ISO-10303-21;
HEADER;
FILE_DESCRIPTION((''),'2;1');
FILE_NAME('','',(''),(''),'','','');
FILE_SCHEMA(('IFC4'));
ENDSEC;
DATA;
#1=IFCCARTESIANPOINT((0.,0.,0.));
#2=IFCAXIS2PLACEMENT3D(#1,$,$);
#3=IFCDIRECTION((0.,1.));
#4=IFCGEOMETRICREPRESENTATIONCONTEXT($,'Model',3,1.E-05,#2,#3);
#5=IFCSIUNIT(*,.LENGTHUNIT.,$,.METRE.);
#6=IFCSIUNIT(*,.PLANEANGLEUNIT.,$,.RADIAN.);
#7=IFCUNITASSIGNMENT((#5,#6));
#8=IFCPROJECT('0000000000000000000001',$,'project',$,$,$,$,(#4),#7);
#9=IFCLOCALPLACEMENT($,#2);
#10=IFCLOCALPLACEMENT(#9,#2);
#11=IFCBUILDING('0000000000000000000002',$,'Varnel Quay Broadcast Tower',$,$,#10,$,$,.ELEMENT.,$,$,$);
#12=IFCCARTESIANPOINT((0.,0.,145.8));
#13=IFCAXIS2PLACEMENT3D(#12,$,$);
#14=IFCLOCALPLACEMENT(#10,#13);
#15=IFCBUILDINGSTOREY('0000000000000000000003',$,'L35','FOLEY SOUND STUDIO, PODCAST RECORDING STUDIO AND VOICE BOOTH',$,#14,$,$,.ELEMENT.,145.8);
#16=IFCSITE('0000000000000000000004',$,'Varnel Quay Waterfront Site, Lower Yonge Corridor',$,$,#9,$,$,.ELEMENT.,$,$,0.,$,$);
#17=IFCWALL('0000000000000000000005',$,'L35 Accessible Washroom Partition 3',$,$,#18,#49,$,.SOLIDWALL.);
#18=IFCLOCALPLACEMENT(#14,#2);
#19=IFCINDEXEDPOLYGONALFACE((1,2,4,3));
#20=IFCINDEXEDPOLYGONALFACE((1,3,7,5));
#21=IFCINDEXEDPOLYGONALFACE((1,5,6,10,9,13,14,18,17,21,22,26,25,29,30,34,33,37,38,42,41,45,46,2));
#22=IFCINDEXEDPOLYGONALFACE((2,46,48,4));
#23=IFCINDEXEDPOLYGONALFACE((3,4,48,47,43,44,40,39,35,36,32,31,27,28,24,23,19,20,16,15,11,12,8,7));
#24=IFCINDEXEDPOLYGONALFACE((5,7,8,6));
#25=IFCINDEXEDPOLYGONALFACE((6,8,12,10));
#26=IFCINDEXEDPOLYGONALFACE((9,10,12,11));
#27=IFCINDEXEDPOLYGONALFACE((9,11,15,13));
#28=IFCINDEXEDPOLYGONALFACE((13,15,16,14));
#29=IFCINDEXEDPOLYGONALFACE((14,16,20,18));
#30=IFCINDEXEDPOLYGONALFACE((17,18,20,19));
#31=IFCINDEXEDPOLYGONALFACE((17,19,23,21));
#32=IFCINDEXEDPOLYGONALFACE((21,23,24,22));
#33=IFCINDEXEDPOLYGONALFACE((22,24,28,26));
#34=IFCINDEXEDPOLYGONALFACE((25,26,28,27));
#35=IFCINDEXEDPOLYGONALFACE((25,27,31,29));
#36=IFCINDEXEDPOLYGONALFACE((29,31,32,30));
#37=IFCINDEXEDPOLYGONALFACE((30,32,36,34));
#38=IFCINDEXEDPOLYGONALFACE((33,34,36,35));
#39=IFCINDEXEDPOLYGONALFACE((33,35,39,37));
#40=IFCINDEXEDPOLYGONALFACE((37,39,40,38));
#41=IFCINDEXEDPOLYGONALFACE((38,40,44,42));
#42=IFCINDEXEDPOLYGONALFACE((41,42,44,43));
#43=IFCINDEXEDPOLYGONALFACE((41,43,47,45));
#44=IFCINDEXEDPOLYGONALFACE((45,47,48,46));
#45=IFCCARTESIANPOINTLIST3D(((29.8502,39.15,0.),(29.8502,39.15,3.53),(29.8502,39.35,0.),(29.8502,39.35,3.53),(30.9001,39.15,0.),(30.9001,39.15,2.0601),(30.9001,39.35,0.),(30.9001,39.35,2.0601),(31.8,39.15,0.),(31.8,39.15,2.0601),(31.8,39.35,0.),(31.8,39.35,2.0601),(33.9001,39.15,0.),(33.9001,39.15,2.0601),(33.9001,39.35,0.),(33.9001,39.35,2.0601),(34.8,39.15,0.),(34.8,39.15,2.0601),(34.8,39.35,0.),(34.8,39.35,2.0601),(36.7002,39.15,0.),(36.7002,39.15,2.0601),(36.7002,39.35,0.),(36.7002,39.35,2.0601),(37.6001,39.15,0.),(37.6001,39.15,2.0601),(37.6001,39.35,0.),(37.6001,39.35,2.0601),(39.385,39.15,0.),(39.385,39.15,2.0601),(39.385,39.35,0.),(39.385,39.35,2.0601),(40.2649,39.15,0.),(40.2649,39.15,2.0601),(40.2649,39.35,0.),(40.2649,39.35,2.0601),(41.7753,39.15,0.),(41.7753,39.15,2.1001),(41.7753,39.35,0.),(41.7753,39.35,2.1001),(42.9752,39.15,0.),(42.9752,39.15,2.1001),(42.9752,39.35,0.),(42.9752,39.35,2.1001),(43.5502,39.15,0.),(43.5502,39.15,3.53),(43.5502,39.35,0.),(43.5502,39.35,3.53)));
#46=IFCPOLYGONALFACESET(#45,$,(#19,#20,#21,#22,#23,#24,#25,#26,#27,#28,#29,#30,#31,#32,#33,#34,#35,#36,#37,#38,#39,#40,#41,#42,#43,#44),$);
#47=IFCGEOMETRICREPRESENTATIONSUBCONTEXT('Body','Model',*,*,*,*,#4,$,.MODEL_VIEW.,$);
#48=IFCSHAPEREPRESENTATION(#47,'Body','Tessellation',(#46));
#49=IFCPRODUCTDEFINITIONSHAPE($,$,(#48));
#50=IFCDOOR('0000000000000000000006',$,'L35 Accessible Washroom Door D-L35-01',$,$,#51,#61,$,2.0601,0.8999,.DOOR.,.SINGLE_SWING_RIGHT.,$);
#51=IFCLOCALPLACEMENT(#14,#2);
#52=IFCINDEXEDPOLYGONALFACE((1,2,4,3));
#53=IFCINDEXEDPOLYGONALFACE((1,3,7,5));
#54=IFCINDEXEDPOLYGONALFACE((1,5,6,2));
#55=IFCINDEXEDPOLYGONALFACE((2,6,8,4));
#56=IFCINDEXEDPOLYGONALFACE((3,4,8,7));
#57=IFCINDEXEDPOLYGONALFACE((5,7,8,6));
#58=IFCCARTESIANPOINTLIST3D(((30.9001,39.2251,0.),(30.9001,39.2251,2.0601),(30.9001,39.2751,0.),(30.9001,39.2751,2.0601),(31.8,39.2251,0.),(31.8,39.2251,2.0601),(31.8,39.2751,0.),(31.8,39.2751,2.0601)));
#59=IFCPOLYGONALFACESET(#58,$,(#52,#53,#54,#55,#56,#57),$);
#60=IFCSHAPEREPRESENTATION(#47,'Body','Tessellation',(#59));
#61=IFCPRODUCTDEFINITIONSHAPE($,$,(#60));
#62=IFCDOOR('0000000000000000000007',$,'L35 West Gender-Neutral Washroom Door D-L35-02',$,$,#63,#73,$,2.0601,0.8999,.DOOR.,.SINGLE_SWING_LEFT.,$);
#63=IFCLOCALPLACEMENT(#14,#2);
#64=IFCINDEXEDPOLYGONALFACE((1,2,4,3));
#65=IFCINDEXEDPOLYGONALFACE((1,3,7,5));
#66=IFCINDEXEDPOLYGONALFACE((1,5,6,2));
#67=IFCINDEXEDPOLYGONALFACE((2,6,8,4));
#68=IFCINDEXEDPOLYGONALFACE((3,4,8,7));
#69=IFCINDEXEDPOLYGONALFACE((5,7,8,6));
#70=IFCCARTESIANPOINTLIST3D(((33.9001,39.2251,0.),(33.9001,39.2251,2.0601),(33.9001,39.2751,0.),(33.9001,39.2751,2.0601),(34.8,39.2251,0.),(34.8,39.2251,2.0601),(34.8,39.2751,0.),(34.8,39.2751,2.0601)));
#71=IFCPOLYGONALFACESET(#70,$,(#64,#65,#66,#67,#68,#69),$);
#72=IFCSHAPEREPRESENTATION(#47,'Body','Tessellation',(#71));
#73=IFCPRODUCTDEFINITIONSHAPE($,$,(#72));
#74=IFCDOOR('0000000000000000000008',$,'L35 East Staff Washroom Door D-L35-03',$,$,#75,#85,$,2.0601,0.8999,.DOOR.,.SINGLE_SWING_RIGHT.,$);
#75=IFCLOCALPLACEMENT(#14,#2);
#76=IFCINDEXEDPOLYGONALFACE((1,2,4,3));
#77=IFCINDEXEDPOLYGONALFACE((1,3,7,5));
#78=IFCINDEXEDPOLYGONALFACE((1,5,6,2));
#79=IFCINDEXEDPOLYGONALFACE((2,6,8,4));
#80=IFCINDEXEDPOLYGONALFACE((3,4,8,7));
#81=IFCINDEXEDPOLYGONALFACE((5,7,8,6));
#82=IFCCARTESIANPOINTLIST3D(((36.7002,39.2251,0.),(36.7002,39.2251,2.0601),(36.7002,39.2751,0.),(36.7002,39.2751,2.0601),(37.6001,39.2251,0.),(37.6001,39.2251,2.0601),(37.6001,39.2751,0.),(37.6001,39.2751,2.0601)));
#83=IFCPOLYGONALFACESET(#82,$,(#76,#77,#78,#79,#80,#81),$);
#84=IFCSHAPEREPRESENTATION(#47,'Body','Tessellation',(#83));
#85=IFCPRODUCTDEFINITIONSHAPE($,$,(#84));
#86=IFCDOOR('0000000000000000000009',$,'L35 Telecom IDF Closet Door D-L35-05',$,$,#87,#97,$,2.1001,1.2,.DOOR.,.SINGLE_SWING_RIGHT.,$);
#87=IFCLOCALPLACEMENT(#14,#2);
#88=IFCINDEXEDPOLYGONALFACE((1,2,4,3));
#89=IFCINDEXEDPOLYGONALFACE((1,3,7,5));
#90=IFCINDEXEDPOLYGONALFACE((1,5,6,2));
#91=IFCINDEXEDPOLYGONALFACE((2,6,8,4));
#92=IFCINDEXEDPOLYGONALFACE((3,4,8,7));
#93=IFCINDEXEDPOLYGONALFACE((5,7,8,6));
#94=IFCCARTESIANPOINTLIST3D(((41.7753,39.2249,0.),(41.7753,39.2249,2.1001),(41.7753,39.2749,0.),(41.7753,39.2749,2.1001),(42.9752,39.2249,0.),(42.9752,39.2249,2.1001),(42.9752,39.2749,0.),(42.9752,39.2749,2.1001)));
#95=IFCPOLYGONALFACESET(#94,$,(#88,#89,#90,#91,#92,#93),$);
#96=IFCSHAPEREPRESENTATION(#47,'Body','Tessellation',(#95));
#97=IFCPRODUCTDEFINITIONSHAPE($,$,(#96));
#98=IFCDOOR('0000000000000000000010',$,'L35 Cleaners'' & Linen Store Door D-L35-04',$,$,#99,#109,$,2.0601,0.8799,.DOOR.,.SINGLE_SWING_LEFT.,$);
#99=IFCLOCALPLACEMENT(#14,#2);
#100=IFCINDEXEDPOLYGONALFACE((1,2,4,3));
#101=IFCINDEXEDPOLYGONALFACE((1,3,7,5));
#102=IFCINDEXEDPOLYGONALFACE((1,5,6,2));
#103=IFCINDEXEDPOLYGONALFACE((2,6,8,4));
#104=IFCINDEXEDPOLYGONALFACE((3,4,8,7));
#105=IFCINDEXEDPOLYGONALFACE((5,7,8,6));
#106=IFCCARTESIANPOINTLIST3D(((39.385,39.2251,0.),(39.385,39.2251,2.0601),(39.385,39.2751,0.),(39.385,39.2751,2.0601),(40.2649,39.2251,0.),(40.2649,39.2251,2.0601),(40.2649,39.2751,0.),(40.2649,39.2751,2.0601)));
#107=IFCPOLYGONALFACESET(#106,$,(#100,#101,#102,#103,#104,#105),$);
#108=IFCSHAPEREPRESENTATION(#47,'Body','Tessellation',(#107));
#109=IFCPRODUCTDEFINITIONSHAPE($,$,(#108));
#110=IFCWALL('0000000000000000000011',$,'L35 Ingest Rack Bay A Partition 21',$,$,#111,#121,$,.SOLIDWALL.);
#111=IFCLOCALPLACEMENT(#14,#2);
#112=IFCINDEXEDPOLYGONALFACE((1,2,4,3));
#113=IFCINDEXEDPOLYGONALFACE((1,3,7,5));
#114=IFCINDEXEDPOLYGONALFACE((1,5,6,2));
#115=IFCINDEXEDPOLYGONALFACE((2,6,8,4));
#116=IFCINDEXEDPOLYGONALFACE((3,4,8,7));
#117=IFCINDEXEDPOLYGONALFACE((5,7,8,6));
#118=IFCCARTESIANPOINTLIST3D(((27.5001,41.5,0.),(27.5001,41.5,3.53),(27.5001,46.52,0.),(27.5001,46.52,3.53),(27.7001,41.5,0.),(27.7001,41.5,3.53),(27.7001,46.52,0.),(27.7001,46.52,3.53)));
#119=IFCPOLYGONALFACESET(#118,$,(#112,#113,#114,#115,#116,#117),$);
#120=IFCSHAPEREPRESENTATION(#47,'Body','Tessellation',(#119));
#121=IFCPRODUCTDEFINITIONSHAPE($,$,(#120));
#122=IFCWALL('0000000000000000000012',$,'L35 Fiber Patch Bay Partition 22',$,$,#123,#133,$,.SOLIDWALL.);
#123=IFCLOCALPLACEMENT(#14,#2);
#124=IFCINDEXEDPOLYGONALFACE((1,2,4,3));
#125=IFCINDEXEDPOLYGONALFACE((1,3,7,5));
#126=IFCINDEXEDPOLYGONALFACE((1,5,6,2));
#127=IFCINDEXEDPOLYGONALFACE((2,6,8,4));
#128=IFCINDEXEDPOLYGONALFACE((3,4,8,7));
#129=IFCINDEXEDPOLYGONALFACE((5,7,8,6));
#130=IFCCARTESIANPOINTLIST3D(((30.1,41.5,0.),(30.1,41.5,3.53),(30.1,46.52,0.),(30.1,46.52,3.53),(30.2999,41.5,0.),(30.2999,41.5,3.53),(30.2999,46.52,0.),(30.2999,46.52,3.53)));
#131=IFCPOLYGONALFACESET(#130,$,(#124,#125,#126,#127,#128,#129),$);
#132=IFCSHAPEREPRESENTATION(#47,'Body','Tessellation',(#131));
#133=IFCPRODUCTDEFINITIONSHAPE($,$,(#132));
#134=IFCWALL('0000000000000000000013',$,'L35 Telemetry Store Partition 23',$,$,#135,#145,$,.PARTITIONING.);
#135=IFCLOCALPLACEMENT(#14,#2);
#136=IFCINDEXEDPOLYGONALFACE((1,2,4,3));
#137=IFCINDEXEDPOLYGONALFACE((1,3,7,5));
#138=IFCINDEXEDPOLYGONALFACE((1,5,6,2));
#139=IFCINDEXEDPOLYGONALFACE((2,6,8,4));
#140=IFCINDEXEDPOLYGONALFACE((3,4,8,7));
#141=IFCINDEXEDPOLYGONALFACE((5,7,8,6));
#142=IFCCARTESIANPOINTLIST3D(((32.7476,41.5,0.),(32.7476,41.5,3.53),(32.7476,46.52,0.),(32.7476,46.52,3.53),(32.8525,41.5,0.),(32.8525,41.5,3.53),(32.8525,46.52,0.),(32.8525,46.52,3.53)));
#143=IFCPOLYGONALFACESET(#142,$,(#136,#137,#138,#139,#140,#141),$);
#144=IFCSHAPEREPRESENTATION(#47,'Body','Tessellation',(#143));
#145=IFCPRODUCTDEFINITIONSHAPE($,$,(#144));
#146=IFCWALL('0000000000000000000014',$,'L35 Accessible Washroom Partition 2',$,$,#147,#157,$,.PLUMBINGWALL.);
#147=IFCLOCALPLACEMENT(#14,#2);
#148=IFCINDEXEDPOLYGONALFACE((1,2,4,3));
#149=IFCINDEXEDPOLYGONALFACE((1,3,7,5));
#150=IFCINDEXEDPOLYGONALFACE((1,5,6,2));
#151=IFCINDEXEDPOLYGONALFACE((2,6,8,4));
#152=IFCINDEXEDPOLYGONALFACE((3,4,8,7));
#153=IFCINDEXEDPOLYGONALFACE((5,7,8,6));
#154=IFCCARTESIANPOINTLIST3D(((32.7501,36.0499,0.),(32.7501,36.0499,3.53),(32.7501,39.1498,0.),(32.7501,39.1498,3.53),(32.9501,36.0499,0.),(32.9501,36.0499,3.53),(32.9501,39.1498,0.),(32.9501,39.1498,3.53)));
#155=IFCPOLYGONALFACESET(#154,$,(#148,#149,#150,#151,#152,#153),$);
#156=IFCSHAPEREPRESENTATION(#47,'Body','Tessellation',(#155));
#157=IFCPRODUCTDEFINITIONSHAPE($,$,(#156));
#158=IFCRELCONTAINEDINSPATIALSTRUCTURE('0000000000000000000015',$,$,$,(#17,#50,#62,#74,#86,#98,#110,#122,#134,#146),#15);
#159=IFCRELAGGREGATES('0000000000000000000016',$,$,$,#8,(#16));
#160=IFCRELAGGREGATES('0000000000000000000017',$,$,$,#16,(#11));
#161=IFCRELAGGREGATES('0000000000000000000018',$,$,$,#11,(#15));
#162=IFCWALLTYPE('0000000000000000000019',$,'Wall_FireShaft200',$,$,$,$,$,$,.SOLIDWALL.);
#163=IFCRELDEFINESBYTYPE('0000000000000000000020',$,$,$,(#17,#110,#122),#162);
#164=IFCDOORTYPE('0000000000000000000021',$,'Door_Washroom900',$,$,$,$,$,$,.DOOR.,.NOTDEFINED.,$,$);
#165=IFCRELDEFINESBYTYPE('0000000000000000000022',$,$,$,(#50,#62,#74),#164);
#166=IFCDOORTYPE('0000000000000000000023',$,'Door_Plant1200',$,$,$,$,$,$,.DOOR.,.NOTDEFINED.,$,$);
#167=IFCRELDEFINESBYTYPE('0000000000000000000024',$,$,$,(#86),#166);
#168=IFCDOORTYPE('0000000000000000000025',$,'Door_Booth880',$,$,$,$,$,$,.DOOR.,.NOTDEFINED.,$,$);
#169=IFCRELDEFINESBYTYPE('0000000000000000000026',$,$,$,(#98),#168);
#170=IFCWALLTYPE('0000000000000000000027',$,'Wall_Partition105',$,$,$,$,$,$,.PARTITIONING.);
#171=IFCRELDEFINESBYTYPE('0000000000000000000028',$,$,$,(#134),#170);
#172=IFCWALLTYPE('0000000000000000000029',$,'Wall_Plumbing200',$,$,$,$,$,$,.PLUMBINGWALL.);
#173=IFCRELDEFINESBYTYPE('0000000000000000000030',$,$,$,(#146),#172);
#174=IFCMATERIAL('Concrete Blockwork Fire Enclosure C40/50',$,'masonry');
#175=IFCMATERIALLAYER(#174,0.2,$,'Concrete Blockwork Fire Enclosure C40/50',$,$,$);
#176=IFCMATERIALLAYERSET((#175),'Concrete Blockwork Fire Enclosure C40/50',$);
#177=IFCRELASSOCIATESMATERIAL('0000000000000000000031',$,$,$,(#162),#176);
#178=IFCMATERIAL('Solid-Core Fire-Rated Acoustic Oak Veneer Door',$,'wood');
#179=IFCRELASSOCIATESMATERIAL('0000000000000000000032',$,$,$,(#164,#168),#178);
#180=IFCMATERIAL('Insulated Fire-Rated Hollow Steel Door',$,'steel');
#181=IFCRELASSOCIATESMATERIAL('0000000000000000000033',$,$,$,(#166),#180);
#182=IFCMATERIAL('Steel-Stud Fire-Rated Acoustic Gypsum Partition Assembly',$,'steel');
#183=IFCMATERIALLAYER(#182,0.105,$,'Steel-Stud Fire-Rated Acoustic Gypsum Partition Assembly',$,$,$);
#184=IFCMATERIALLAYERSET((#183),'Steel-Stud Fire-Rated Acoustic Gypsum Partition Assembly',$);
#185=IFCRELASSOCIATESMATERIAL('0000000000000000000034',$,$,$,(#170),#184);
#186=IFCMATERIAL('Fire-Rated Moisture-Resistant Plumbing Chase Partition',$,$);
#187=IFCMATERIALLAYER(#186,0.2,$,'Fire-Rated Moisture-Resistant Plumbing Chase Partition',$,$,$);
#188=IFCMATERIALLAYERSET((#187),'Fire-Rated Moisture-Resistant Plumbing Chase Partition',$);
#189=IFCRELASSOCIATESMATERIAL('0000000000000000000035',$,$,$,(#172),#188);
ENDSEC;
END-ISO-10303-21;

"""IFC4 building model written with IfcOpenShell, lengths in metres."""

from ifc_helpers import new_model, si_unit, direction, frame, frame_2d, origin, place, context, subcontext, project, spatial, rectangle, extrude, source, transform, mapped, material, layer, layer_set, type_object, type_shapes, element, fill, save


model = new_model("IFC4")

# Units and contexts
model_context = context("Model", 3, precision=1e-05, world=origin(), true_north=direction((0.0, 1.0)))
body_context = subcontext(model_context, "Body", "Model", "MODEL_VIEW")
ifc_project = project(units=[si_unit("LENGTHUNIT", "METRE"), si_unit("PLANEANGLEUNIT", "RADIAN")], contexts=[model_context])

# Site, building, storey
site_placement = place(None, origin())
site = spatial("IfcSite", under=ifc_project, at=site_placement, Name="Varnel Quay Waterfront Site, Lower Yonge Corridor", CompositionType="ELEMENT", RefElevation=0.0)
building_placement = place(site_placement, origin())
building = spatial("IfcBuilding", under=site, at=building_placement, Name="Varnel Quay Broadcast Tower", CompositionType="ELEMENT")
storey_placement = place(building_placement, frame((0.0, 0.0, 145.8)))
storey = spatial("IfcBuildingStorey", under=building, at=storey_placement, Name="L35", Description="FOLEY SOUND STUDIO, PODCAST RECORDING STUDIO AND VOICE BOOTH", CompositionType="ELEMENT", Elevation=145.8)

# Shared definitions
ifc_material_1 = material(Name="Insulated Fire-Rated Hollow Steel Door", Category="steel")
ifc_material_2 = material(Name="Solid-Core Fire-Rated Acoustic Oak Veneer Door", Category="wood")

# Shared definitions
ifc_material_3 = material(Name="Concrete Blockwork Fire Enclosure C40/50", Category="masonry")
ifc_layer_1 = layer(ifc_material_3, 0.2, Name="Concrete Blockwork Fire Enclosure C40/50")
ifc_layer_set_1 = layer_set([ifc_layer_1], Name="Concrete Blockwork Fire Enclosure C40/50")
wall_type_1 = type_object("IfcWallType", Name="Wall_FireShaft200", PredefinedType="SOLIDWALL", material=ifc_layer_set_1)

# Wall, openings, doors
wall_1_placement = place(storey_placement, frame((29.8501, 39.25, 0.0), z_axis=(0.0, 0.0, 1.0), x_axis=(1.0, 0.0, 0.0)))
wall_1 = element("IfcWall", 1, at=wall_1_placement, inside=storey, type_object=wall_type_1, Name="L35 Accessible Washroom Partition 3", PredefinedType="SOLIDWALL", context=body_context, shape_type="SweptSolid", body=[
    extrude(rectangle(XDim=13.7, YDim=0.2, at=frame_2d((6.8501, 0.0))), origin(), (0.0, 0.0, 1.0), 3.53),
])
opening_1_placement = place(wall_1_placement, frame((1.05, 0.0, 0.0)))
opening_1 = element("IfcOpeningElement", 2, at=opening_1_placement, cuts=wall_1, PredefinedType="OPENING", context=body_context, shape_type="SweptSolid", body=[
    extrude(rectangle(XDim=0.8999, YDim=2.0601, at=frame_2d((0.45, 1.03))), frame((0.0, 0.1099, 0.0), z_axis=(0.0, -1.0, 0.0), x_axis=(1.0, 0.0, 0.0)), (0.0, 0.0, 1.0), 0.22),
])
opening_2_placement = place(wall_1_placement, frame((4.05, 0.0, 0.0)))
opening_2 = element("IfcOpeningElement", 3, at=opening_2_placement, cuts=wall_1, PredefinedType="OPENING", context=body_context, shape_type="SweptSolid", body=[
    extrude(rectangle(XDim=0.8999, YDim=2.0601, at=frame_2d((0.45, 1.03))), frame((0.0, 0.1099, 0.0), z_axis=(0.0, -1.0, 0.0), x_axis=(1.0, 0.0, 0.0)), (0.0, 0.0, 1.0), 0.22),
])
opening_3_placement = place(wall_1_placement, frame((6.8501, 0.0, 0.0)))
opening_3 = element("IfcOpeningElement", 4, at=opening_3_placement, cuts=wall_1, PredefinedType="OPENING", context=body_context, shape_type="SweptSolid", body=[
    extrude(rectangle(XDim=0.8999, YDim=2.0601, at=frame_2d((0.45, 1.03))), frame((0.0, 0.1099, 0.0), z_axis=(0.0, -1.0, 0.0), x_axis=(1.0, 0.0, 0.0)), (0.0, 0.0, 1.0), 0.22),
])
opening_4_placement = place(wall_1_placement, frame((9.5349, 0.0, 0.0)))
opening_4 = element("IfcOpeningElement", 5, at=opening_4_placement, cuts=wall_1, PredefinedType="OPENING", context=body_context, shape_type="SweptSolid", body=[
    extrude(rectangle(XDim=0.8799, YDim=2.0601, at=frame_2d((0.4399, 1.03))), frame((0.0, 0.1099, 0.0), z_axis=(0.0, -1.0, 0.0), x_axis=(1.0, 0.0, 0.0)), (0.0, 0.0, 1.0), 0.22),
])
opening_5_placement = place(wall_1_placement, frame((11.925, 0.0, 0.0)))
opening_5 = element("IfcOpeningElement", 6, at=opening_5_placement, cuts=wall_1, PredefinedType="OPENING", context=body_context, shape_type="SweptSolid", body=[
    extrude(rectangle(XDim=1.2, YDim=2.1001, at=frame_2d((0.6001, 1.05))), frame((0.0, 0.1099, 0.0), z_axis=(0.0, -1.0, 0.0), x_axis=(1.0, 0.0, 0.0)), (0.0, 0.0, 1.0), 0.22),
])
door_type_1 = type_object("IfcDoorType", Name="Door_Washroom900", OperationType="NOTDEFINED", PredefinedType="DOOR", material=ifc_material_2)
shared_shape_1 = source(origin(), body_context, "Body", "SweptSolid", [
    extrude(rectangle(XDim=0.8999, YDim=2.0601, at=frame_2d((0.45, 1.03))), frame((0.0, 0.0249, 0.0), z_axis=(0.0, -1.0, 0.0), x_axis=(1.0, 0.0, 0.0)), (0.0, 0.0, 1.0), 0.05),
])
type_shapes(door_type_1, [shared_shape_1])
door_1_placement = place(opening_1_placement, frame((0.8999, 0.0, 0.0), z_axis=(0.0, 0.0, 1.0), x_axis=(-1.0, 0.0, 0.0)))
door_1 = element("IfcDoor", 7, at=door_1_placement, inside=storey, type_object=door_type_1, Name="L35 Accessible Washroom Door D-L35-01", OperationType="SINGLE_SWING_RIGHT", OverallHeight=2.0601, OverallWidth=0.8999, PredefinedType="DOOR", context=body_context, shape_type="MappedRepresentation", body=[
    mapped(shared_shape_1, transform((0.0, 0.0, 0.0), x_axis=(1.0, 0.0, 0.0), y_axis=(0.0, 1.0, 0.0), z_axis=(0.0, 0.0, 1.0), scale=1.0)),
])
fill(opening_1, door_1)
door_2_placement = place(opening_2_placement, frame((0.8999, 0.0, 0.0), z_axis=(0.0, 0.0, 1.0), x_axis=(-1.0, 0.0, 0.0)))
door_2 = element("IfcDoor", 8, at=door_2_placement, inside=storey, type_object=door_type_1, Name="L35 West Gender-Neutral Washroom Door D-L35-02", OperationType="SINGLE_SWING_LEFT", OverallHeight=2.0601, OverallWidth=0.8999, PredefinedType="DOOR", context=body_context, shape_type="MappedRepresentation", body=[
    mapped(shared_shape_1, transform((0.0, 0.0, 0.0), x_axis=(1.0, 0.0, 0.0), y_axis=(0.0, 1.0, 0.0), z_axis=(0.0, 0.0, 1.0), scale=1.0)),
])
fill(opening_2, door_2)
door_3_placement = place(opening_3_placement, frame((0.8999, 0.0, 0.0), z_axis=(0.0, 0.0, 1.0), x_axis=(-1.0, 0.0, 0.0)))
door_3 = element("IfcDoor", 9, at=door_3_placement, inside=storey, type_object=door_type_1, Name="L35 East Staff Washroom Door D-L35-03", OperationType="SINGLE_SWING_RIGHT", OverallHeight=2.0601, OverallWidth=0.8999, PredefinedType="DOOR", context=body_context, shape_type="MappedRepresentation", body=[
    mapped(shared_shape_1, transform((0.0, 0.0, 0.0), x_axis=(1.0, 0.0, 0.0), y_axis=(0.0, 1.0, 0.0), z_axis=(0.0, 0.0, 1.0), scale=1.0)),
])
fill(opening_3, door_3)
door_type_2 = type_object("IfcDoorType", Name="Door_Plant1200", OperationType="NOTDEFINED", PredefinedType="DOOR", material=ifc_material_1)
shared_shape_2 = source(origin(), body_context, "Body", "SweptSolid", [
    extrude(rectangle(XDim=1.2, YDim=2.1001, at=frame_2d((0.6001, 1.05))), frame((0.0, 0.0249, 0.0), z_axis=(0.0, -1.0, 0.0), x_axis=(1.0, 0.0, 0.0)), (0.0, 0.0, 1.0), 0.05),
])
type_shapes(door_type_2, [shared_shape_2])
door_4_placement = place(opening_5_placement, origin())
door_4 = element("IfcDoor", 10, at=door_4_placement, inside=storey, type_object=door_type_2, Name="L35 Telecom IDF Closet Door D-L35-05", OperationType="SINGLE_SWING_RIGHT", OverallHeight=2.1001, OverallWidth=1.2, PredefinedType="DOOR", context=body_context, shape_type="MappedRepresentation", body=[
    mapped(shared_shape_2, transform((0.0, 0.0, 0.0), x_axis=(1.0, 0.0, 0.0), y_axis=(0.0, 1.0, 0.0), z_axis=(0.0, 0.0, 1.0), scale=1.0)),
])
fill(opening_5, door_4)
door_type_3 = type_object("IfcDoorType", Name="Door_Booth880", OperationType="NOTDEFINED", PredefinedType="DOOR", material=ifc_material_2)
shared_shape_3 = source(origin(), body_context, "Body", "SweptSolid", [
    extrude(rectangle(XDim=0.8799, YDim=2.0601, at=frame_2d((0.4399, 1.03))), frame((0.0, 0.0249, 0.0), z_axis=(0.0, -1.0, 0.0), x_axis=(1.0, 0.0, 0.0)), (0.0, 0.0, 1.0), 0.05),
])
type_shapes(door_type_3, [shared_shape_3])
door_5_placement = place(opening_4_placement, frame((0.8799, 0.0, 0.0), z_axis=(0.0, 0.0, 1.0), x_axis=(-1.0, 0.0, 0.0)))
door_5 = element("IfcDoor", 11, at=door_5_placement, inside=storey, type_object=door_type_3, Name="L35 Cleaners' & Linen Store Door D-L35-04", OperationType="SINGLE_SWING_LEFT", OverallHeight=2.0601, OverallWidth=0.8799, PredefinedType="DOOR", context=body_context, shape_type="MappedRepresentation", body=[
    mapped(shared_shape_3, transform((0.0, 0.0, 0.0), x_axis=(1.0, 0.0, 0.0), y_axis=(0.0, 1.0, 0.0), z_axis=(0.0, 0.0, 1.0), scale=1.0)),
])
fill(opening_4, door_5)

# Walls
for number, where, z_axis, x_axis, name in (
    (12, (27.6001, 41.5, 0.0), (0.0, 0.0, 1.0), (0.0, 1.0, 0.0), "L35 Ingest Rack Bay A Partition 21"),
    (13, (30.2, 41.5, 0.0), (0.0, 0.0, 1.0), (0.0, 1.0, 0.0), "L35 Fiber Patch Bay Partition 22"),
):
    element("IfcWall", number, at=place(storey_placement, frame(where, z_axis=z_axis, x_axis=x_axis)), inside=storey, type_object=wall_type_1, Name=name, PredefinedType="SOLIDWALL", context=body_context, shape_type="SweptSolid", body=[
        extrude(rectangle(XDim=5.02, YDim=0.2, at=frame_2d((2.51, 0.0))), origin(), (0.0, 0.0, 1.0), 3.53),
    ])
ifc_material_4 = material(Name="Steel-Stud Fire-Rated Acoustic Gypsum Partition Assembly", Category="steel")
ifc_layer_2 = layer(ifc_material_4, 0.105, Name="Steel-Stud Fire-Rated Acoustic Gypsum Partition Assembly")
ifc_layer_set_2 = layer_set([ifc_layer_2], Name="Steel-Stud Fire-Rated Acoustic Gypsum Partition Assembly")
wall_type_2 = type_object("IfcWallType", Name="Wall_Partition105", PredefinedType="PARTITIONING", material=ifc_layer_set_2)
wall_2_placement = place(storey_placement, frame((32.8, 41.5, 0.0), z_axis=(0.0, 0.0, 1.0), x_axis=(0.0, 1.0, 0.0)))
element("IfcWall", 14, at=wall_2_placement, inside=storey, type_object=wall_type_2, Name="L35 Telemetry Store Partition 23", PredefinedType="PARTITIONING", context=body_context, shape_type="SweptSolid", body=[
    extrude(rectangle(XDim=5.02, YDim=0.105, at=frame_2d((2.51, 0.0))), origin(), (0.0, 0.0, 1.0), 3.53),
])
ifc_material_5 = material(Name="Fire-Rated Moisture-Resistant Plumbing Chase Partition")
ifc_layer_3 = layer(ifc_material_5, 0.2, Name="Fire-Rated Moisture-Resistant Plumbing Chase Partition")
ifc_layer_set_3 = layer_set([ifc_layer_3], Name="Fire-Rated Moisture-Resistant Plumbing Chase Partition")
wall_type_3 = type_object("IfcWallType", Name="Wall_Plumbing200", PredefinedType="PLUMBINGWALL", material=ifc_layer_set_3)
for number, where, z_axis, x_axis, name in (
    (15, (32.8501, 36.05, 0.0), (0.0, 0.0, 1.0), (0.0, 1.0, 0.0), "L35 Accessible Washroom Partition 2"),
):
    element("IfcWall", number, at=place(storey_placement, frame(where, z_axis=z_axis, x_axis=x_axis)), inside=storey, type_object=wall_type_3, Name=name, PredefinedType="PLUMBINGWALL", context=body_context, shape_type="SweptSolid", body=[
        extrude(rectangle(XDim=3.0999, YDim=0.2, at=frame_2d((1.5498, 0.0))), origin(), (0.0, 0.0, 1.0), 3.53),
    ])

save(model, "model.ifc")
